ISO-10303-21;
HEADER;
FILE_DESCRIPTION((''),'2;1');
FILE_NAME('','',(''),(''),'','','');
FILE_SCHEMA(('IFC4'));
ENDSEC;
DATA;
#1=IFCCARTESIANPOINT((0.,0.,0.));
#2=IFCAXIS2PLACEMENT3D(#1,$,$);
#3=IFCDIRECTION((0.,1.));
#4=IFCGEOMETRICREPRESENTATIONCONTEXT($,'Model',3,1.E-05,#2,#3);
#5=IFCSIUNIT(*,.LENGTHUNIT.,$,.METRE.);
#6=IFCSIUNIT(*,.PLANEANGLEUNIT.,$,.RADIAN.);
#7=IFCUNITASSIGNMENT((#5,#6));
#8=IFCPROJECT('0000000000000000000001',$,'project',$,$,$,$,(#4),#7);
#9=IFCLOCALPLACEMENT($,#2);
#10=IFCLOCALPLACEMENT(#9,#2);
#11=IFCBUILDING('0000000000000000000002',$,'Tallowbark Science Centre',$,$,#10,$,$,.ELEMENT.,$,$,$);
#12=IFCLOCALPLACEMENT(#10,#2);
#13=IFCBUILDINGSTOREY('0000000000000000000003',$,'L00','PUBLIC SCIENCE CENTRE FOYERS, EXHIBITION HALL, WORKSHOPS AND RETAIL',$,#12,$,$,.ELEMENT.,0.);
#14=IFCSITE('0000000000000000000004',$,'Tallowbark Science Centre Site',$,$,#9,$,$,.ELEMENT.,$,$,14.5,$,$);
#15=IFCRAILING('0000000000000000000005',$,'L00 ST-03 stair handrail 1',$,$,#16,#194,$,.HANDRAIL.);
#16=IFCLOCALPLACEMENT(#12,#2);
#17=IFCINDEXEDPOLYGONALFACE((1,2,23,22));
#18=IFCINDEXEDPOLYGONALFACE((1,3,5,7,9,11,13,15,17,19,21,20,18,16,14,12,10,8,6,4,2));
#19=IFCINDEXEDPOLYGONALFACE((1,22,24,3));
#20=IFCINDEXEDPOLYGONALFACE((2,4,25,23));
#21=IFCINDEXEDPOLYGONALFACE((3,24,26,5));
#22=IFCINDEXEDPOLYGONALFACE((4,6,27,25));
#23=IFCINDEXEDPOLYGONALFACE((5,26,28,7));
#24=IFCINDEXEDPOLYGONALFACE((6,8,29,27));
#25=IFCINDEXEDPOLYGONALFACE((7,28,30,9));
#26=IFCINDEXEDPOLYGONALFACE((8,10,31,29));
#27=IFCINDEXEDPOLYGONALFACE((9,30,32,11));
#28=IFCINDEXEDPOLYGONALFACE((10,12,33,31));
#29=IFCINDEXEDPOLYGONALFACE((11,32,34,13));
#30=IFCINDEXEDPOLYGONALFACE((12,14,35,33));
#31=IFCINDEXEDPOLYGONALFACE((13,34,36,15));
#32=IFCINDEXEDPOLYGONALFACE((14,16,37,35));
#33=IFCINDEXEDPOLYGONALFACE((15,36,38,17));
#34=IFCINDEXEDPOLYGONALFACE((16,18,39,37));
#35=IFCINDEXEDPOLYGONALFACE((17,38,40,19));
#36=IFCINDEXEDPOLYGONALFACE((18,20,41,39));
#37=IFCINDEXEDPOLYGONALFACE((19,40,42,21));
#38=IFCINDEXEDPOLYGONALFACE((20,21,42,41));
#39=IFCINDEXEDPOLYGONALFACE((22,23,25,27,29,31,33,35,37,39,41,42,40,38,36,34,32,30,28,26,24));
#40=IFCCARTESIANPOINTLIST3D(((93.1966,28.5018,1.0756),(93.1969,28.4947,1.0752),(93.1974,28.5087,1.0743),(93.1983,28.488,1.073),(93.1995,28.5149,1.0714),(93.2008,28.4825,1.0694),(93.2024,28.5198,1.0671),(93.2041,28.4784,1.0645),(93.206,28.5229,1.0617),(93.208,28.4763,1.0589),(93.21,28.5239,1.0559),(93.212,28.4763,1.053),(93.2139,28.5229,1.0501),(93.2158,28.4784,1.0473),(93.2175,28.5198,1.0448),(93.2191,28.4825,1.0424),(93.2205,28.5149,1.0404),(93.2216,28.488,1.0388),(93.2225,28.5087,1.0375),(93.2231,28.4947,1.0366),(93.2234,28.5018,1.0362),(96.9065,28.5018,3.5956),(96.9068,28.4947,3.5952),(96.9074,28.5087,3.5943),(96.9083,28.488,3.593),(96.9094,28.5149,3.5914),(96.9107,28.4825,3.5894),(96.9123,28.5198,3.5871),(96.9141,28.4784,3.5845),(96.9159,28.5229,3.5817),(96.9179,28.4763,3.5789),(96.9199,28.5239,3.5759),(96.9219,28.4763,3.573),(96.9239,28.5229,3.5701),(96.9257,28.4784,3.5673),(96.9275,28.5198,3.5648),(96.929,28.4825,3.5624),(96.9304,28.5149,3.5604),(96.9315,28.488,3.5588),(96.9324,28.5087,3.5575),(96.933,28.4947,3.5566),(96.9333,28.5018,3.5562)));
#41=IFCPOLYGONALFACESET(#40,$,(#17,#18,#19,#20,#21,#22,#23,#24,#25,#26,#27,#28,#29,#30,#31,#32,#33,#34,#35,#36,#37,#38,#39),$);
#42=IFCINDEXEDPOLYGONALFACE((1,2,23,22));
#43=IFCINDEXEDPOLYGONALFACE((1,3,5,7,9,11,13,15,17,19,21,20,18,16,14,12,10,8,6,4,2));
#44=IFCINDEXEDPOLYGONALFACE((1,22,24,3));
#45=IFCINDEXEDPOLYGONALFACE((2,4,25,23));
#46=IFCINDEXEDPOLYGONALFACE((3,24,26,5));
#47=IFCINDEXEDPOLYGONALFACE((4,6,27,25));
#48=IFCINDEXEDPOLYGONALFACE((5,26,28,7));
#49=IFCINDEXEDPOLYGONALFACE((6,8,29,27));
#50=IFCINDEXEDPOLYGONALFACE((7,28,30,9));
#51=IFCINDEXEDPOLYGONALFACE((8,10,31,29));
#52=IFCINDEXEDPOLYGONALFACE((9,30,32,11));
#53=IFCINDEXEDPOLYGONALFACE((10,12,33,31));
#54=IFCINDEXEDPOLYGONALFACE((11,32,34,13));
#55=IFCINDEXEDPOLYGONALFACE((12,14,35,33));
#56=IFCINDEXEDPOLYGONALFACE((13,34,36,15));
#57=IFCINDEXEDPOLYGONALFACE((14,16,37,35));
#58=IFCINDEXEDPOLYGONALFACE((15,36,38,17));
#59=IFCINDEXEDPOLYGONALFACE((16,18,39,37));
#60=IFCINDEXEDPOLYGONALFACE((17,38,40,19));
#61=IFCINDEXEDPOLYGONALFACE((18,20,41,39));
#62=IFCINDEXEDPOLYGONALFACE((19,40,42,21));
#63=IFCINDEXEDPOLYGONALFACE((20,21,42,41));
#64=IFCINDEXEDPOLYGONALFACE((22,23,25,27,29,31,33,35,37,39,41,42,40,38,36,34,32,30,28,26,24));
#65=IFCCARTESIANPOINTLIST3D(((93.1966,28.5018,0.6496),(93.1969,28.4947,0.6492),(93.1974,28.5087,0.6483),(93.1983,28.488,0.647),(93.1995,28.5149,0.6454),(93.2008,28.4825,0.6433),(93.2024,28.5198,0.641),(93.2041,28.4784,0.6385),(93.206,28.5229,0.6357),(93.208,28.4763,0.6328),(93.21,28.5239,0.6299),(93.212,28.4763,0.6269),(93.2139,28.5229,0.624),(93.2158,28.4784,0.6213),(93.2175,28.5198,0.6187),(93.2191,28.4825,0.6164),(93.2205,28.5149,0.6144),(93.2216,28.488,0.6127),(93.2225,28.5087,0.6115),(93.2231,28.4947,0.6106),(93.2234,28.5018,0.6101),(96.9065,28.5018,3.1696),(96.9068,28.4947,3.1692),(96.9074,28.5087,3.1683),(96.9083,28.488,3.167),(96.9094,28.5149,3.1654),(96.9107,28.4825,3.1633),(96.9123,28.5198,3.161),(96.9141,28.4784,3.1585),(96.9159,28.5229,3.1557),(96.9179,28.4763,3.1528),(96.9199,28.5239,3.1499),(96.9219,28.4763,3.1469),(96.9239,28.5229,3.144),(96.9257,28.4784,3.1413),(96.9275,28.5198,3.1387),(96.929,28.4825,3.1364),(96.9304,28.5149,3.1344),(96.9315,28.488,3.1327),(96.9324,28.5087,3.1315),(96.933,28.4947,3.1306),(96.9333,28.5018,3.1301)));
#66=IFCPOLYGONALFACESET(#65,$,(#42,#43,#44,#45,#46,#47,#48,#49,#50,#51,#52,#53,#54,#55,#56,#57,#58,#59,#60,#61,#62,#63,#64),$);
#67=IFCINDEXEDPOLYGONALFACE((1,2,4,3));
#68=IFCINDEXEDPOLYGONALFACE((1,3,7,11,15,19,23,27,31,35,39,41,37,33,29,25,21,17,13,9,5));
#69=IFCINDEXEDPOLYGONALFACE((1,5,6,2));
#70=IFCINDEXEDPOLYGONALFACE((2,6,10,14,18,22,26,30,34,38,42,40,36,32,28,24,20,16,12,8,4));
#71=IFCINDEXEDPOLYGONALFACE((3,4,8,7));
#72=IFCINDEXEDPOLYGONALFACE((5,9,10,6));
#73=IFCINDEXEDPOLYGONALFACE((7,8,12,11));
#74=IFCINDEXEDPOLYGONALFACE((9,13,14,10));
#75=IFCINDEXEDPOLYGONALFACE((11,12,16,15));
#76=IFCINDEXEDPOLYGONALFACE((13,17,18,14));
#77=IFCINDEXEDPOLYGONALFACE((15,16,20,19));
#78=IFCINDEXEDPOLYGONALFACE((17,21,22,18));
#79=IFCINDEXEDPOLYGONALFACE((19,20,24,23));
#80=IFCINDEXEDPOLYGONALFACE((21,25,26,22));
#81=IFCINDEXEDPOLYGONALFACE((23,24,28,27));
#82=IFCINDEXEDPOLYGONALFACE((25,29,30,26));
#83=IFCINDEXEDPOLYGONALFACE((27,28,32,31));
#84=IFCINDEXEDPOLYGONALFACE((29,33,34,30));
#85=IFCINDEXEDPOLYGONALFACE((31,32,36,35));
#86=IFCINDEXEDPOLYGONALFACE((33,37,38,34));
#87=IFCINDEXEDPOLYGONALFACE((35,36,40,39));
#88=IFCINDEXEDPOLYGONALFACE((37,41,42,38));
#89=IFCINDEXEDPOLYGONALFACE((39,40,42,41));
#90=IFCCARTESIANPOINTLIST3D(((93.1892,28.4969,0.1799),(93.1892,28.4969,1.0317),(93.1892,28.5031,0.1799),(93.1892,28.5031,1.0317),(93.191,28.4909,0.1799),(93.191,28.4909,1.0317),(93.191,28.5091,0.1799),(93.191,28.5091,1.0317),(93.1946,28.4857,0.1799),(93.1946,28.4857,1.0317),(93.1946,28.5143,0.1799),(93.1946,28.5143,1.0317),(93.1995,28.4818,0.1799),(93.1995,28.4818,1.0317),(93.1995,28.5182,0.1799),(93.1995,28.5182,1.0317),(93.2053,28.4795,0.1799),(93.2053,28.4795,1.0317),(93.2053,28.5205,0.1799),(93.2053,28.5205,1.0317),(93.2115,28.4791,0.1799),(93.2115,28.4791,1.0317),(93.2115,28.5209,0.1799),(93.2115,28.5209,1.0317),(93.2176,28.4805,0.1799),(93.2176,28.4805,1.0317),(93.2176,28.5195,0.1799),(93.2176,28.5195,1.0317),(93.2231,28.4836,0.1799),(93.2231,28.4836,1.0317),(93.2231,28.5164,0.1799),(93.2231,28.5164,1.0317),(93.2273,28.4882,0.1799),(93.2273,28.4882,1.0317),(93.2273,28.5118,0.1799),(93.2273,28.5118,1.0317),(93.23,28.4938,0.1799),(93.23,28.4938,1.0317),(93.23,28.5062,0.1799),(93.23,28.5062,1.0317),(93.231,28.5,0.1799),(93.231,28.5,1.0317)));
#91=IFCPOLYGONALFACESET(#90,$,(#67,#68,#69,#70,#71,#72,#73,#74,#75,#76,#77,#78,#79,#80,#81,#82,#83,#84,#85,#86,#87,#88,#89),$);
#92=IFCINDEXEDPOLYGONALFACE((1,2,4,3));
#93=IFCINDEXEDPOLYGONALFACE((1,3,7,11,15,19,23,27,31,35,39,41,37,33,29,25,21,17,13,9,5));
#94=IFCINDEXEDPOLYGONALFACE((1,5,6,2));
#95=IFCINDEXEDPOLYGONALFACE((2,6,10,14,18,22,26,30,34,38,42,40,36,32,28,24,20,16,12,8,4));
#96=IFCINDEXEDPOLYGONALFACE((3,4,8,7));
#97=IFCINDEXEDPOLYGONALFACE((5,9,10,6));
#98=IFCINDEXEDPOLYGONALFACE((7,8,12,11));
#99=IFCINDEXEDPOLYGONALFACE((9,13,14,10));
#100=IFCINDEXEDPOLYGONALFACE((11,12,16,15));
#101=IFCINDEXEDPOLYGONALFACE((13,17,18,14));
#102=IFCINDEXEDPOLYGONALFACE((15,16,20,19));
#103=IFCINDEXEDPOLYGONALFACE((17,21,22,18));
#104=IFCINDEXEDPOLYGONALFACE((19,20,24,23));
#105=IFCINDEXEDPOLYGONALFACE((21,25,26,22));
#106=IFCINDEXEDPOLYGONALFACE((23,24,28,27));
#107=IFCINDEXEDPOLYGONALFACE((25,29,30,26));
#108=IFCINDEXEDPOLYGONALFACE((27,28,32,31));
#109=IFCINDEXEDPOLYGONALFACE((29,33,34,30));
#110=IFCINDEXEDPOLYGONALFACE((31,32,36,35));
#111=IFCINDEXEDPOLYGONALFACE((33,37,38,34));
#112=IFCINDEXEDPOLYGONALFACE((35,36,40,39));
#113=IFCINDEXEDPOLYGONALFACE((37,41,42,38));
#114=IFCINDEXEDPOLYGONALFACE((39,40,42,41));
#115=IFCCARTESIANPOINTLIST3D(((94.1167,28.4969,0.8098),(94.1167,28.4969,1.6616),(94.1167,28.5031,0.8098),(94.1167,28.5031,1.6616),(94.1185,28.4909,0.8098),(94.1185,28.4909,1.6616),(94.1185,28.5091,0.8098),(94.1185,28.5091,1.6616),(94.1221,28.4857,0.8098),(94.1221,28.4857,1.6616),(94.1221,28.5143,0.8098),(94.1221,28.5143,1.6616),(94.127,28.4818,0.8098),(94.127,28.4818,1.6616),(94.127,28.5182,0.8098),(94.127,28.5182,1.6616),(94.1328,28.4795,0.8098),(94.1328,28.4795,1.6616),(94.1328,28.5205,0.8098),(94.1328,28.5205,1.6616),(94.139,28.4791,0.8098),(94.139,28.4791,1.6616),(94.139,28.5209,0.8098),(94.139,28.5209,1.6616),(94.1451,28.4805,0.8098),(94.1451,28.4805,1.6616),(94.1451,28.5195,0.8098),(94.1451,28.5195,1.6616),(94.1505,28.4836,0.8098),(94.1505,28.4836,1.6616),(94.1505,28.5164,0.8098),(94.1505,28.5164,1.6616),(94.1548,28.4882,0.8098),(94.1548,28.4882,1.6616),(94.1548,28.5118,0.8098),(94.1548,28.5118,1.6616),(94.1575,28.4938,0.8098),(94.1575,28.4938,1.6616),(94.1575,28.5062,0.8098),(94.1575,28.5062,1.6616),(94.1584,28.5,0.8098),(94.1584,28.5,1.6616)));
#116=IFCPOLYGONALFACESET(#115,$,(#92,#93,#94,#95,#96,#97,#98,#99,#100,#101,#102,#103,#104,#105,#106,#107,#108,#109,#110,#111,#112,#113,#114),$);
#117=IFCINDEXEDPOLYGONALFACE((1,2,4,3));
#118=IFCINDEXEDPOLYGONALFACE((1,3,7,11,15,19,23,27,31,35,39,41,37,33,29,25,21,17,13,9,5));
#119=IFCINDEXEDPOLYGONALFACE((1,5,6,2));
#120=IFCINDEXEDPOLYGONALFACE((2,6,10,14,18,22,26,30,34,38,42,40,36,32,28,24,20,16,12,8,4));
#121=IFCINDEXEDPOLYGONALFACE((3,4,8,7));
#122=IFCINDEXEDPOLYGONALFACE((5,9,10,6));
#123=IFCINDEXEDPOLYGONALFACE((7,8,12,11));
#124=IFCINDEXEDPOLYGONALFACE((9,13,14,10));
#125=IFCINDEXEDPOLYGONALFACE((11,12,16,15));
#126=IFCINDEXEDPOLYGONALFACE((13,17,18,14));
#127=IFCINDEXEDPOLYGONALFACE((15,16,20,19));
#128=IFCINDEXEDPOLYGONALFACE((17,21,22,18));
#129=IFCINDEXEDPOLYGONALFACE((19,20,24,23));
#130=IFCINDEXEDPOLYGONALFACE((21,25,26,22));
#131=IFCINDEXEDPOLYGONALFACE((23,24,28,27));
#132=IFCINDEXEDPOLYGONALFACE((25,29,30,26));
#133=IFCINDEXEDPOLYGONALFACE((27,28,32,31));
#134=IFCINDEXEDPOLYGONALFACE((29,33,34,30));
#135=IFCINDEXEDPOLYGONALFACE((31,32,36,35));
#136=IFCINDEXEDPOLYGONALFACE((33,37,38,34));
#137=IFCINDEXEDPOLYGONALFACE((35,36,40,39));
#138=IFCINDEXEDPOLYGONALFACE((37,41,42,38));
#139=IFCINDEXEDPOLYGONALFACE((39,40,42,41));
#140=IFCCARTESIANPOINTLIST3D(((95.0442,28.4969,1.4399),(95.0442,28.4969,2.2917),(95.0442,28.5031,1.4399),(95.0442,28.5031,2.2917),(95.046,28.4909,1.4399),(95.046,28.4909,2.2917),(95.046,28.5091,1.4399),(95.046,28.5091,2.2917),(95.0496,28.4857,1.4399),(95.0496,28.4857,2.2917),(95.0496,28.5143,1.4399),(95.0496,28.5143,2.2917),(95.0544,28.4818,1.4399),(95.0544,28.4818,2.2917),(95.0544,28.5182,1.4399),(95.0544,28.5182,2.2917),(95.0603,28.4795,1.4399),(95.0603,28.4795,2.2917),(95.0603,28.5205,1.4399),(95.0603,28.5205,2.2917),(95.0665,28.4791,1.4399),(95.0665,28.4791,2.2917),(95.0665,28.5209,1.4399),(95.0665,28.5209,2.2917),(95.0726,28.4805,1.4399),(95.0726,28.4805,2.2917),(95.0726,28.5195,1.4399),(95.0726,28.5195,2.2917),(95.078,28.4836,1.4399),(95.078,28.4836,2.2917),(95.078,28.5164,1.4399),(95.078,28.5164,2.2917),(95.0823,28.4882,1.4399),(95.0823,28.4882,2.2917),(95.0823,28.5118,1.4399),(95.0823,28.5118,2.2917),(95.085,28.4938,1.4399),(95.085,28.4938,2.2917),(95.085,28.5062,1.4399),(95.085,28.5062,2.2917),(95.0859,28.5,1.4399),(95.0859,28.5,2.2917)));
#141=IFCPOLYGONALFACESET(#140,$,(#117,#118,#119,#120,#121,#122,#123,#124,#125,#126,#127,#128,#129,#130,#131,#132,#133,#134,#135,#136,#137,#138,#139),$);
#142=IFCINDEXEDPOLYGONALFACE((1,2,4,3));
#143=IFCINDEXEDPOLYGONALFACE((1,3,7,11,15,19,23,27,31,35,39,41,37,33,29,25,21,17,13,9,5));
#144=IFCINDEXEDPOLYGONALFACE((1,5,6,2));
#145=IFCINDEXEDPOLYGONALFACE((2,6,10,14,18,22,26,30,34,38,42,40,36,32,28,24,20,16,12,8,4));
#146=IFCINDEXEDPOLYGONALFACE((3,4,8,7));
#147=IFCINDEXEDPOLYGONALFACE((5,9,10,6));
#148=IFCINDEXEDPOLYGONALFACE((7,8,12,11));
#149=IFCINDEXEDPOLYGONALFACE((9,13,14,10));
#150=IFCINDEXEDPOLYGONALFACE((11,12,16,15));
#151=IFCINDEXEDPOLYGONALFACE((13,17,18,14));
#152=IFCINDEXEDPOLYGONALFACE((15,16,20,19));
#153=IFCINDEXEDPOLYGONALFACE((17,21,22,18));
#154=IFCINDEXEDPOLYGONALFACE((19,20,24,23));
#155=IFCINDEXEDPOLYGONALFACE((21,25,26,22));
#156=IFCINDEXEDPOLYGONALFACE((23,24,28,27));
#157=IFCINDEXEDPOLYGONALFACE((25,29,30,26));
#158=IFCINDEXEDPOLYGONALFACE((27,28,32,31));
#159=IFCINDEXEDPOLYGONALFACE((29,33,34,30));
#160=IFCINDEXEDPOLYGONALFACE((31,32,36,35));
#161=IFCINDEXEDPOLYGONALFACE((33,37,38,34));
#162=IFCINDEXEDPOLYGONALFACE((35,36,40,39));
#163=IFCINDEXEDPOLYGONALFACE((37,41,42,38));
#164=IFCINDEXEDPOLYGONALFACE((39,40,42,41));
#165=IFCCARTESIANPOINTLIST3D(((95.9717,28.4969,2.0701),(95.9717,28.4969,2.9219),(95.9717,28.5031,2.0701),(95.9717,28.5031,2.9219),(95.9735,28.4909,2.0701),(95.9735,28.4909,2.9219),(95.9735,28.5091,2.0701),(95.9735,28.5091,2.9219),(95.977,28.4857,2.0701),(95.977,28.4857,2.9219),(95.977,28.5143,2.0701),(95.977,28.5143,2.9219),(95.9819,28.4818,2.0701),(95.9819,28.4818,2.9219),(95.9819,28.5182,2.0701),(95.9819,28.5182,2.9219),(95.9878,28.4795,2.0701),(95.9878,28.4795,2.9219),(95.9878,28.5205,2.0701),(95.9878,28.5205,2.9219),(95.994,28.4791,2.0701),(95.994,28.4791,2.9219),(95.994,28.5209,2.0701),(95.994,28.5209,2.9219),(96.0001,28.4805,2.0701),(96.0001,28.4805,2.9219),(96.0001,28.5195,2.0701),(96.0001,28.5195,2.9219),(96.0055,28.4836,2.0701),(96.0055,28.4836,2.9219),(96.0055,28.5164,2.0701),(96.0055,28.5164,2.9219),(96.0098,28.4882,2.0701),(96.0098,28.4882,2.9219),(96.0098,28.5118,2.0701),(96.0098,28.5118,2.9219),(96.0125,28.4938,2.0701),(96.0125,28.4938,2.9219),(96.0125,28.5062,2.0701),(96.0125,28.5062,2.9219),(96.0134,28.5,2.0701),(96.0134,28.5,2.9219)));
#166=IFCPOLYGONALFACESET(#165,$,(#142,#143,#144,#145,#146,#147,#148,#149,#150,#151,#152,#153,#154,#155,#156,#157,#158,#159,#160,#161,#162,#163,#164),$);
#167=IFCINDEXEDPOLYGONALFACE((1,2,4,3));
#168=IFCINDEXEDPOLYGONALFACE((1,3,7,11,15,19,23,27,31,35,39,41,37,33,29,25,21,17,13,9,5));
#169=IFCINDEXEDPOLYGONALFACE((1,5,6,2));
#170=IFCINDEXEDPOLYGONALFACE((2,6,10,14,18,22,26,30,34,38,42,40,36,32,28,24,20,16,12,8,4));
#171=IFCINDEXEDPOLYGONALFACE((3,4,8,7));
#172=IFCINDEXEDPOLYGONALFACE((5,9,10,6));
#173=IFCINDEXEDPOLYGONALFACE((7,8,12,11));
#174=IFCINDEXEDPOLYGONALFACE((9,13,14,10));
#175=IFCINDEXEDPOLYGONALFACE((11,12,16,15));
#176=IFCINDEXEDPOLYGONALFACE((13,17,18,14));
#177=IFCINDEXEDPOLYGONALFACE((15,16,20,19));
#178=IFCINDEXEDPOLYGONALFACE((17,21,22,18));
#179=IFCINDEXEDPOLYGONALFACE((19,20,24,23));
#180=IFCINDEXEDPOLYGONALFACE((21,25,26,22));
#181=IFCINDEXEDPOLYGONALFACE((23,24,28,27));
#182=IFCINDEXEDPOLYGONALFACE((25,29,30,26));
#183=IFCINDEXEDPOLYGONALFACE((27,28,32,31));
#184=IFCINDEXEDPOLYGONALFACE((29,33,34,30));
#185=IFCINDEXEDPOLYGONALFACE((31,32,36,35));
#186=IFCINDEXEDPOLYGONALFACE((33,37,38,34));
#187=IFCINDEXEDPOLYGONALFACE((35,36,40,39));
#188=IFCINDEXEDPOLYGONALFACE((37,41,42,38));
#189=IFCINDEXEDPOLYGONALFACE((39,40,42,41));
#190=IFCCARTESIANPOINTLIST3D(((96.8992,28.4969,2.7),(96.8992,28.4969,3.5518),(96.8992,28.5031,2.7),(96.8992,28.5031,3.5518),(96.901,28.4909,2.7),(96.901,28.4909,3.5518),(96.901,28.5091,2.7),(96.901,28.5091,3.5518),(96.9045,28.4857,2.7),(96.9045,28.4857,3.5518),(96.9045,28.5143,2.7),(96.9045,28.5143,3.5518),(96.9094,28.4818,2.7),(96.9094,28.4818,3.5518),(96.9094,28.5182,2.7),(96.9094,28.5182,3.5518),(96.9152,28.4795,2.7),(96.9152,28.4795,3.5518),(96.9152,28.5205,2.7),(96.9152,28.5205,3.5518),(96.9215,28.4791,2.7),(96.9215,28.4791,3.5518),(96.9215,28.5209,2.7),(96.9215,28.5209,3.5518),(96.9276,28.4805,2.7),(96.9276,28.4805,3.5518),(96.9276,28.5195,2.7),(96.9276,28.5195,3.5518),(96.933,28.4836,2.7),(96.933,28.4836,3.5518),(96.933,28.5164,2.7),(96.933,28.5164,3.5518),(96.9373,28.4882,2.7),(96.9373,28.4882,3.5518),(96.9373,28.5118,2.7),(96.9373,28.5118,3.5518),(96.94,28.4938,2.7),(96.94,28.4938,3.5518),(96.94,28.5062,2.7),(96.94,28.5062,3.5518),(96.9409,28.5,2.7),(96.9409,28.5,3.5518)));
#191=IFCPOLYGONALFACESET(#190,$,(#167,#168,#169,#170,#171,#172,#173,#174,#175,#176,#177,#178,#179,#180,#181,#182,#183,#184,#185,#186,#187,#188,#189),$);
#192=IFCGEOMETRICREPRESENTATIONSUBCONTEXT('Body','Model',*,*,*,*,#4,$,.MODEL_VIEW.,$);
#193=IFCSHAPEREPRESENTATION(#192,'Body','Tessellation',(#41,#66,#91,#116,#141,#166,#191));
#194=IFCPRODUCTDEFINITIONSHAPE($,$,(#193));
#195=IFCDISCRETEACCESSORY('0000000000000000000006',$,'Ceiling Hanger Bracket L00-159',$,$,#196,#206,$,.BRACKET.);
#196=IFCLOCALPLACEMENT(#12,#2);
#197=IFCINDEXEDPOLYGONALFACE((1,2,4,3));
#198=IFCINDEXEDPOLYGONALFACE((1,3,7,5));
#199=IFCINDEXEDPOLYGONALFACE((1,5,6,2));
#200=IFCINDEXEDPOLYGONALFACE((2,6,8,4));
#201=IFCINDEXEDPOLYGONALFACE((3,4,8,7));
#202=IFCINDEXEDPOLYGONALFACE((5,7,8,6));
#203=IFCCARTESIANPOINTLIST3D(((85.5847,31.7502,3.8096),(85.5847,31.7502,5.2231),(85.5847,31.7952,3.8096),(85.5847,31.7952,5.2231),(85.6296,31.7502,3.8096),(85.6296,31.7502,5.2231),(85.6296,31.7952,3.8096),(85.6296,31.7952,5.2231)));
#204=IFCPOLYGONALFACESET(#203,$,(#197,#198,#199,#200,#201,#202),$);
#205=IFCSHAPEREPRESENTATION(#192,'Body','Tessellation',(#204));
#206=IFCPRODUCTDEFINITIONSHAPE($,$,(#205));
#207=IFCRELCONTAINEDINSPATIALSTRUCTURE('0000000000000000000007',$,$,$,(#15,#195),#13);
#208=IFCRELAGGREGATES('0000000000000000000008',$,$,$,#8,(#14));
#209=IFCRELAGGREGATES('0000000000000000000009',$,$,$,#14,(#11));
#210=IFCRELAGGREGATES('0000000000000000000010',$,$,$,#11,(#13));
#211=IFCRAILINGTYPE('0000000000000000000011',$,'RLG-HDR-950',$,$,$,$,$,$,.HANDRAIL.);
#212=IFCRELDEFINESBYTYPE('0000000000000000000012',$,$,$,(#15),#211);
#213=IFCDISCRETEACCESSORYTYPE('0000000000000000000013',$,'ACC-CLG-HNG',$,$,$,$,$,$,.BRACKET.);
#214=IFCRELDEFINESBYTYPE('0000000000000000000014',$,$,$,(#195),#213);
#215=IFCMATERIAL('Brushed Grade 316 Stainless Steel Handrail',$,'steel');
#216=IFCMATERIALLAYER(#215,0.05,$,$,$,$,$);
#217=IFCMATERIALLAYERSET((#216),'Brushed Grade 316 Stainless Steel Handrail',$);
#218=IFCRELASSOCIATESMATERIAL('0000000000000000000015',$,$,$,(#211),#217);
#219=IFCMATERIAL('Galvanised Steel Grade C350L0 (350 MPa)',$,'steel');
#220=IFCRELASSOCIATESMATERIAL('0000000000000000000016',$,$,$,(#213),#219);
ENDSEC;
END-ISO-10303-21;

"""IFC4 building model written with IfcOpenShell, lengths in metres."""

from ifc_helpers import new_model, si_unit, direction, frame, origin, origin_2d, place, context, subcontext, project, spatial, rectangle, circle, extrude, material, layer, layer_set, type_object, element, save


model = new_model("IFC4")

# Units and contexts
model_context = context("Model", 3, precision=1e-05, world=origin(), true_north=direction((0.0, 1.0)))
body_context = subcontext(model_context, "Body", "Model", "MODEL_VIEW")
ifc_project = project(units=[si_unit("LENGTHUNIT", "METRE"), si_unit("PLANEANGLEUNIT", "RADIAN")], contexts=[model_context])

# Site, building, storey
site_placement = place(None, origin())
site = spatial("IfcSite", under=ifc_project, at=site_placement, Name="Tallowbark Science Centre Site", CompositionType="ELEMENT", RefElevation=14.5)
building_placement = place(site_placement, origin())
building = spatial("IfcBuilding", under=site, at=building_placement, Name="Tallowbark Science Centre", CompositionType="ELEMENT")
storey_placement = place(building_placement, origin())
storey = spatial("IfcBuildingStorey", under=building, at=storey_placement, Name="L00", Description="PUBLIC SCIENCE CENTRE FOYERS, EXHIBITION HALL, WORKSHOPS AND RETAIL", CompositionType="ELEMENT", Elevation=0.0)

# Railing
ifc_material_1 = material(Name="Brushed Grade 316 Stainless Steel Handrail", Category="steel")
ifc_layer_1 = layer(ifc_material_1, 0.05)
ifc_layer_set_1 = layer_set([ifc_layer_1], Name="Brushed Grade 316 Stainless Steel Handrail")
railing_type_1 = type_object("IfcRailingType", Name="RLG-HDR-950", PredefinedType="HANDRAIL", material=ifc_layer_set_1)
railing_1_placement = place(storey_placement, frame((93.21, 28.5, 0.1799)))
element("IfcRailing", 1, at=railing_1_placement, inside=storey, type_object=railing_type_1, Name="L00 ST-03 stair handrail 1", PredefinedType="HANDRAIL", context=body_context, shape_type="SweptSolid", body=[
    extrude(circle(Radius=0.0239, at=origin_2d()), frame((0.0, 0.0, 0.876), z_axis=(0.827212, 0.0, 0.56189), x_axis=(0.0, 1.0, 0.0)), (0.0, 0.0, 1.0), 4.4849),
    extrude(circle(Radius=0.0239, at=origin_2d()), frame((0.0, 0.0, 0.45), z_axis=(0.827212, 0.0, 0.56189), x_axis=(0.0, 1.0, 0.0)), (0.0, 0.0, 1.0), 4.4849),
    extrude(circle(Radius=0.021, at=origin_2d()), origin(), (0.0, 0.0, 1.0), 0.8518),
    extrude(circle(Radius=0.021, at=origin_2d()), frame((0.9275, 0.0, 0.6299)), (0.0, 0.0, 1.0), 0.8518),
    extrude(circle(Radius=0.021, at=origin_2d()), frame((1.855, 0.0, 1.26)), (0.0, 0.0, 1.0), 0.8518),
    extrude(circle(Radius=0.021, at=origin_2d()), frame((2.7825, 0.0, 1.8901)), (0.0, 0.0, 1.0), 0.8518),
    extrude(circle(Radius=0.021, at=origin_2d()), frame((3.71, 0.0, 2.52)), (0.0, 0.0, 1.0), 0.8518),
])

# Discrete accessory
ifc_material_2 = material(Name="Galvanised Steel Grade C350L0 (350 MPa)", Category="steel")
discrete_accessory_type = type_object("IfcDiscreteAccessoryType", Name="ACC-CLG-HNG", PredefinedType="BRACKET", material=ifc_material_2)
for number, where, z_axis, x_axis, name in (
    (2, (85.6072, 31.7727, 3.8096), (0.0, 0.0, 1.0), (1.0, 0.0, 0.0), "Ceiling Hanger Bracket L00-159"),
):
    element("IfcDiscreteAccessory", number, at=place(storey_placement, frame(where, z_axis=z_axis, x_axis=x_axis)), inside=storey, type_object=discrete_accessory_type, Name=name, PredefinedType="BRACKET", context=body_context, shape_type="SweptSolid", body=[
        extrude(rectangle(XDim=0.0449, YDim=0.0449, at=origin_2d()), origin(), (0.0, 0.0, 1.0), 1.4136),
    ])

save(model, "model.ifc")
